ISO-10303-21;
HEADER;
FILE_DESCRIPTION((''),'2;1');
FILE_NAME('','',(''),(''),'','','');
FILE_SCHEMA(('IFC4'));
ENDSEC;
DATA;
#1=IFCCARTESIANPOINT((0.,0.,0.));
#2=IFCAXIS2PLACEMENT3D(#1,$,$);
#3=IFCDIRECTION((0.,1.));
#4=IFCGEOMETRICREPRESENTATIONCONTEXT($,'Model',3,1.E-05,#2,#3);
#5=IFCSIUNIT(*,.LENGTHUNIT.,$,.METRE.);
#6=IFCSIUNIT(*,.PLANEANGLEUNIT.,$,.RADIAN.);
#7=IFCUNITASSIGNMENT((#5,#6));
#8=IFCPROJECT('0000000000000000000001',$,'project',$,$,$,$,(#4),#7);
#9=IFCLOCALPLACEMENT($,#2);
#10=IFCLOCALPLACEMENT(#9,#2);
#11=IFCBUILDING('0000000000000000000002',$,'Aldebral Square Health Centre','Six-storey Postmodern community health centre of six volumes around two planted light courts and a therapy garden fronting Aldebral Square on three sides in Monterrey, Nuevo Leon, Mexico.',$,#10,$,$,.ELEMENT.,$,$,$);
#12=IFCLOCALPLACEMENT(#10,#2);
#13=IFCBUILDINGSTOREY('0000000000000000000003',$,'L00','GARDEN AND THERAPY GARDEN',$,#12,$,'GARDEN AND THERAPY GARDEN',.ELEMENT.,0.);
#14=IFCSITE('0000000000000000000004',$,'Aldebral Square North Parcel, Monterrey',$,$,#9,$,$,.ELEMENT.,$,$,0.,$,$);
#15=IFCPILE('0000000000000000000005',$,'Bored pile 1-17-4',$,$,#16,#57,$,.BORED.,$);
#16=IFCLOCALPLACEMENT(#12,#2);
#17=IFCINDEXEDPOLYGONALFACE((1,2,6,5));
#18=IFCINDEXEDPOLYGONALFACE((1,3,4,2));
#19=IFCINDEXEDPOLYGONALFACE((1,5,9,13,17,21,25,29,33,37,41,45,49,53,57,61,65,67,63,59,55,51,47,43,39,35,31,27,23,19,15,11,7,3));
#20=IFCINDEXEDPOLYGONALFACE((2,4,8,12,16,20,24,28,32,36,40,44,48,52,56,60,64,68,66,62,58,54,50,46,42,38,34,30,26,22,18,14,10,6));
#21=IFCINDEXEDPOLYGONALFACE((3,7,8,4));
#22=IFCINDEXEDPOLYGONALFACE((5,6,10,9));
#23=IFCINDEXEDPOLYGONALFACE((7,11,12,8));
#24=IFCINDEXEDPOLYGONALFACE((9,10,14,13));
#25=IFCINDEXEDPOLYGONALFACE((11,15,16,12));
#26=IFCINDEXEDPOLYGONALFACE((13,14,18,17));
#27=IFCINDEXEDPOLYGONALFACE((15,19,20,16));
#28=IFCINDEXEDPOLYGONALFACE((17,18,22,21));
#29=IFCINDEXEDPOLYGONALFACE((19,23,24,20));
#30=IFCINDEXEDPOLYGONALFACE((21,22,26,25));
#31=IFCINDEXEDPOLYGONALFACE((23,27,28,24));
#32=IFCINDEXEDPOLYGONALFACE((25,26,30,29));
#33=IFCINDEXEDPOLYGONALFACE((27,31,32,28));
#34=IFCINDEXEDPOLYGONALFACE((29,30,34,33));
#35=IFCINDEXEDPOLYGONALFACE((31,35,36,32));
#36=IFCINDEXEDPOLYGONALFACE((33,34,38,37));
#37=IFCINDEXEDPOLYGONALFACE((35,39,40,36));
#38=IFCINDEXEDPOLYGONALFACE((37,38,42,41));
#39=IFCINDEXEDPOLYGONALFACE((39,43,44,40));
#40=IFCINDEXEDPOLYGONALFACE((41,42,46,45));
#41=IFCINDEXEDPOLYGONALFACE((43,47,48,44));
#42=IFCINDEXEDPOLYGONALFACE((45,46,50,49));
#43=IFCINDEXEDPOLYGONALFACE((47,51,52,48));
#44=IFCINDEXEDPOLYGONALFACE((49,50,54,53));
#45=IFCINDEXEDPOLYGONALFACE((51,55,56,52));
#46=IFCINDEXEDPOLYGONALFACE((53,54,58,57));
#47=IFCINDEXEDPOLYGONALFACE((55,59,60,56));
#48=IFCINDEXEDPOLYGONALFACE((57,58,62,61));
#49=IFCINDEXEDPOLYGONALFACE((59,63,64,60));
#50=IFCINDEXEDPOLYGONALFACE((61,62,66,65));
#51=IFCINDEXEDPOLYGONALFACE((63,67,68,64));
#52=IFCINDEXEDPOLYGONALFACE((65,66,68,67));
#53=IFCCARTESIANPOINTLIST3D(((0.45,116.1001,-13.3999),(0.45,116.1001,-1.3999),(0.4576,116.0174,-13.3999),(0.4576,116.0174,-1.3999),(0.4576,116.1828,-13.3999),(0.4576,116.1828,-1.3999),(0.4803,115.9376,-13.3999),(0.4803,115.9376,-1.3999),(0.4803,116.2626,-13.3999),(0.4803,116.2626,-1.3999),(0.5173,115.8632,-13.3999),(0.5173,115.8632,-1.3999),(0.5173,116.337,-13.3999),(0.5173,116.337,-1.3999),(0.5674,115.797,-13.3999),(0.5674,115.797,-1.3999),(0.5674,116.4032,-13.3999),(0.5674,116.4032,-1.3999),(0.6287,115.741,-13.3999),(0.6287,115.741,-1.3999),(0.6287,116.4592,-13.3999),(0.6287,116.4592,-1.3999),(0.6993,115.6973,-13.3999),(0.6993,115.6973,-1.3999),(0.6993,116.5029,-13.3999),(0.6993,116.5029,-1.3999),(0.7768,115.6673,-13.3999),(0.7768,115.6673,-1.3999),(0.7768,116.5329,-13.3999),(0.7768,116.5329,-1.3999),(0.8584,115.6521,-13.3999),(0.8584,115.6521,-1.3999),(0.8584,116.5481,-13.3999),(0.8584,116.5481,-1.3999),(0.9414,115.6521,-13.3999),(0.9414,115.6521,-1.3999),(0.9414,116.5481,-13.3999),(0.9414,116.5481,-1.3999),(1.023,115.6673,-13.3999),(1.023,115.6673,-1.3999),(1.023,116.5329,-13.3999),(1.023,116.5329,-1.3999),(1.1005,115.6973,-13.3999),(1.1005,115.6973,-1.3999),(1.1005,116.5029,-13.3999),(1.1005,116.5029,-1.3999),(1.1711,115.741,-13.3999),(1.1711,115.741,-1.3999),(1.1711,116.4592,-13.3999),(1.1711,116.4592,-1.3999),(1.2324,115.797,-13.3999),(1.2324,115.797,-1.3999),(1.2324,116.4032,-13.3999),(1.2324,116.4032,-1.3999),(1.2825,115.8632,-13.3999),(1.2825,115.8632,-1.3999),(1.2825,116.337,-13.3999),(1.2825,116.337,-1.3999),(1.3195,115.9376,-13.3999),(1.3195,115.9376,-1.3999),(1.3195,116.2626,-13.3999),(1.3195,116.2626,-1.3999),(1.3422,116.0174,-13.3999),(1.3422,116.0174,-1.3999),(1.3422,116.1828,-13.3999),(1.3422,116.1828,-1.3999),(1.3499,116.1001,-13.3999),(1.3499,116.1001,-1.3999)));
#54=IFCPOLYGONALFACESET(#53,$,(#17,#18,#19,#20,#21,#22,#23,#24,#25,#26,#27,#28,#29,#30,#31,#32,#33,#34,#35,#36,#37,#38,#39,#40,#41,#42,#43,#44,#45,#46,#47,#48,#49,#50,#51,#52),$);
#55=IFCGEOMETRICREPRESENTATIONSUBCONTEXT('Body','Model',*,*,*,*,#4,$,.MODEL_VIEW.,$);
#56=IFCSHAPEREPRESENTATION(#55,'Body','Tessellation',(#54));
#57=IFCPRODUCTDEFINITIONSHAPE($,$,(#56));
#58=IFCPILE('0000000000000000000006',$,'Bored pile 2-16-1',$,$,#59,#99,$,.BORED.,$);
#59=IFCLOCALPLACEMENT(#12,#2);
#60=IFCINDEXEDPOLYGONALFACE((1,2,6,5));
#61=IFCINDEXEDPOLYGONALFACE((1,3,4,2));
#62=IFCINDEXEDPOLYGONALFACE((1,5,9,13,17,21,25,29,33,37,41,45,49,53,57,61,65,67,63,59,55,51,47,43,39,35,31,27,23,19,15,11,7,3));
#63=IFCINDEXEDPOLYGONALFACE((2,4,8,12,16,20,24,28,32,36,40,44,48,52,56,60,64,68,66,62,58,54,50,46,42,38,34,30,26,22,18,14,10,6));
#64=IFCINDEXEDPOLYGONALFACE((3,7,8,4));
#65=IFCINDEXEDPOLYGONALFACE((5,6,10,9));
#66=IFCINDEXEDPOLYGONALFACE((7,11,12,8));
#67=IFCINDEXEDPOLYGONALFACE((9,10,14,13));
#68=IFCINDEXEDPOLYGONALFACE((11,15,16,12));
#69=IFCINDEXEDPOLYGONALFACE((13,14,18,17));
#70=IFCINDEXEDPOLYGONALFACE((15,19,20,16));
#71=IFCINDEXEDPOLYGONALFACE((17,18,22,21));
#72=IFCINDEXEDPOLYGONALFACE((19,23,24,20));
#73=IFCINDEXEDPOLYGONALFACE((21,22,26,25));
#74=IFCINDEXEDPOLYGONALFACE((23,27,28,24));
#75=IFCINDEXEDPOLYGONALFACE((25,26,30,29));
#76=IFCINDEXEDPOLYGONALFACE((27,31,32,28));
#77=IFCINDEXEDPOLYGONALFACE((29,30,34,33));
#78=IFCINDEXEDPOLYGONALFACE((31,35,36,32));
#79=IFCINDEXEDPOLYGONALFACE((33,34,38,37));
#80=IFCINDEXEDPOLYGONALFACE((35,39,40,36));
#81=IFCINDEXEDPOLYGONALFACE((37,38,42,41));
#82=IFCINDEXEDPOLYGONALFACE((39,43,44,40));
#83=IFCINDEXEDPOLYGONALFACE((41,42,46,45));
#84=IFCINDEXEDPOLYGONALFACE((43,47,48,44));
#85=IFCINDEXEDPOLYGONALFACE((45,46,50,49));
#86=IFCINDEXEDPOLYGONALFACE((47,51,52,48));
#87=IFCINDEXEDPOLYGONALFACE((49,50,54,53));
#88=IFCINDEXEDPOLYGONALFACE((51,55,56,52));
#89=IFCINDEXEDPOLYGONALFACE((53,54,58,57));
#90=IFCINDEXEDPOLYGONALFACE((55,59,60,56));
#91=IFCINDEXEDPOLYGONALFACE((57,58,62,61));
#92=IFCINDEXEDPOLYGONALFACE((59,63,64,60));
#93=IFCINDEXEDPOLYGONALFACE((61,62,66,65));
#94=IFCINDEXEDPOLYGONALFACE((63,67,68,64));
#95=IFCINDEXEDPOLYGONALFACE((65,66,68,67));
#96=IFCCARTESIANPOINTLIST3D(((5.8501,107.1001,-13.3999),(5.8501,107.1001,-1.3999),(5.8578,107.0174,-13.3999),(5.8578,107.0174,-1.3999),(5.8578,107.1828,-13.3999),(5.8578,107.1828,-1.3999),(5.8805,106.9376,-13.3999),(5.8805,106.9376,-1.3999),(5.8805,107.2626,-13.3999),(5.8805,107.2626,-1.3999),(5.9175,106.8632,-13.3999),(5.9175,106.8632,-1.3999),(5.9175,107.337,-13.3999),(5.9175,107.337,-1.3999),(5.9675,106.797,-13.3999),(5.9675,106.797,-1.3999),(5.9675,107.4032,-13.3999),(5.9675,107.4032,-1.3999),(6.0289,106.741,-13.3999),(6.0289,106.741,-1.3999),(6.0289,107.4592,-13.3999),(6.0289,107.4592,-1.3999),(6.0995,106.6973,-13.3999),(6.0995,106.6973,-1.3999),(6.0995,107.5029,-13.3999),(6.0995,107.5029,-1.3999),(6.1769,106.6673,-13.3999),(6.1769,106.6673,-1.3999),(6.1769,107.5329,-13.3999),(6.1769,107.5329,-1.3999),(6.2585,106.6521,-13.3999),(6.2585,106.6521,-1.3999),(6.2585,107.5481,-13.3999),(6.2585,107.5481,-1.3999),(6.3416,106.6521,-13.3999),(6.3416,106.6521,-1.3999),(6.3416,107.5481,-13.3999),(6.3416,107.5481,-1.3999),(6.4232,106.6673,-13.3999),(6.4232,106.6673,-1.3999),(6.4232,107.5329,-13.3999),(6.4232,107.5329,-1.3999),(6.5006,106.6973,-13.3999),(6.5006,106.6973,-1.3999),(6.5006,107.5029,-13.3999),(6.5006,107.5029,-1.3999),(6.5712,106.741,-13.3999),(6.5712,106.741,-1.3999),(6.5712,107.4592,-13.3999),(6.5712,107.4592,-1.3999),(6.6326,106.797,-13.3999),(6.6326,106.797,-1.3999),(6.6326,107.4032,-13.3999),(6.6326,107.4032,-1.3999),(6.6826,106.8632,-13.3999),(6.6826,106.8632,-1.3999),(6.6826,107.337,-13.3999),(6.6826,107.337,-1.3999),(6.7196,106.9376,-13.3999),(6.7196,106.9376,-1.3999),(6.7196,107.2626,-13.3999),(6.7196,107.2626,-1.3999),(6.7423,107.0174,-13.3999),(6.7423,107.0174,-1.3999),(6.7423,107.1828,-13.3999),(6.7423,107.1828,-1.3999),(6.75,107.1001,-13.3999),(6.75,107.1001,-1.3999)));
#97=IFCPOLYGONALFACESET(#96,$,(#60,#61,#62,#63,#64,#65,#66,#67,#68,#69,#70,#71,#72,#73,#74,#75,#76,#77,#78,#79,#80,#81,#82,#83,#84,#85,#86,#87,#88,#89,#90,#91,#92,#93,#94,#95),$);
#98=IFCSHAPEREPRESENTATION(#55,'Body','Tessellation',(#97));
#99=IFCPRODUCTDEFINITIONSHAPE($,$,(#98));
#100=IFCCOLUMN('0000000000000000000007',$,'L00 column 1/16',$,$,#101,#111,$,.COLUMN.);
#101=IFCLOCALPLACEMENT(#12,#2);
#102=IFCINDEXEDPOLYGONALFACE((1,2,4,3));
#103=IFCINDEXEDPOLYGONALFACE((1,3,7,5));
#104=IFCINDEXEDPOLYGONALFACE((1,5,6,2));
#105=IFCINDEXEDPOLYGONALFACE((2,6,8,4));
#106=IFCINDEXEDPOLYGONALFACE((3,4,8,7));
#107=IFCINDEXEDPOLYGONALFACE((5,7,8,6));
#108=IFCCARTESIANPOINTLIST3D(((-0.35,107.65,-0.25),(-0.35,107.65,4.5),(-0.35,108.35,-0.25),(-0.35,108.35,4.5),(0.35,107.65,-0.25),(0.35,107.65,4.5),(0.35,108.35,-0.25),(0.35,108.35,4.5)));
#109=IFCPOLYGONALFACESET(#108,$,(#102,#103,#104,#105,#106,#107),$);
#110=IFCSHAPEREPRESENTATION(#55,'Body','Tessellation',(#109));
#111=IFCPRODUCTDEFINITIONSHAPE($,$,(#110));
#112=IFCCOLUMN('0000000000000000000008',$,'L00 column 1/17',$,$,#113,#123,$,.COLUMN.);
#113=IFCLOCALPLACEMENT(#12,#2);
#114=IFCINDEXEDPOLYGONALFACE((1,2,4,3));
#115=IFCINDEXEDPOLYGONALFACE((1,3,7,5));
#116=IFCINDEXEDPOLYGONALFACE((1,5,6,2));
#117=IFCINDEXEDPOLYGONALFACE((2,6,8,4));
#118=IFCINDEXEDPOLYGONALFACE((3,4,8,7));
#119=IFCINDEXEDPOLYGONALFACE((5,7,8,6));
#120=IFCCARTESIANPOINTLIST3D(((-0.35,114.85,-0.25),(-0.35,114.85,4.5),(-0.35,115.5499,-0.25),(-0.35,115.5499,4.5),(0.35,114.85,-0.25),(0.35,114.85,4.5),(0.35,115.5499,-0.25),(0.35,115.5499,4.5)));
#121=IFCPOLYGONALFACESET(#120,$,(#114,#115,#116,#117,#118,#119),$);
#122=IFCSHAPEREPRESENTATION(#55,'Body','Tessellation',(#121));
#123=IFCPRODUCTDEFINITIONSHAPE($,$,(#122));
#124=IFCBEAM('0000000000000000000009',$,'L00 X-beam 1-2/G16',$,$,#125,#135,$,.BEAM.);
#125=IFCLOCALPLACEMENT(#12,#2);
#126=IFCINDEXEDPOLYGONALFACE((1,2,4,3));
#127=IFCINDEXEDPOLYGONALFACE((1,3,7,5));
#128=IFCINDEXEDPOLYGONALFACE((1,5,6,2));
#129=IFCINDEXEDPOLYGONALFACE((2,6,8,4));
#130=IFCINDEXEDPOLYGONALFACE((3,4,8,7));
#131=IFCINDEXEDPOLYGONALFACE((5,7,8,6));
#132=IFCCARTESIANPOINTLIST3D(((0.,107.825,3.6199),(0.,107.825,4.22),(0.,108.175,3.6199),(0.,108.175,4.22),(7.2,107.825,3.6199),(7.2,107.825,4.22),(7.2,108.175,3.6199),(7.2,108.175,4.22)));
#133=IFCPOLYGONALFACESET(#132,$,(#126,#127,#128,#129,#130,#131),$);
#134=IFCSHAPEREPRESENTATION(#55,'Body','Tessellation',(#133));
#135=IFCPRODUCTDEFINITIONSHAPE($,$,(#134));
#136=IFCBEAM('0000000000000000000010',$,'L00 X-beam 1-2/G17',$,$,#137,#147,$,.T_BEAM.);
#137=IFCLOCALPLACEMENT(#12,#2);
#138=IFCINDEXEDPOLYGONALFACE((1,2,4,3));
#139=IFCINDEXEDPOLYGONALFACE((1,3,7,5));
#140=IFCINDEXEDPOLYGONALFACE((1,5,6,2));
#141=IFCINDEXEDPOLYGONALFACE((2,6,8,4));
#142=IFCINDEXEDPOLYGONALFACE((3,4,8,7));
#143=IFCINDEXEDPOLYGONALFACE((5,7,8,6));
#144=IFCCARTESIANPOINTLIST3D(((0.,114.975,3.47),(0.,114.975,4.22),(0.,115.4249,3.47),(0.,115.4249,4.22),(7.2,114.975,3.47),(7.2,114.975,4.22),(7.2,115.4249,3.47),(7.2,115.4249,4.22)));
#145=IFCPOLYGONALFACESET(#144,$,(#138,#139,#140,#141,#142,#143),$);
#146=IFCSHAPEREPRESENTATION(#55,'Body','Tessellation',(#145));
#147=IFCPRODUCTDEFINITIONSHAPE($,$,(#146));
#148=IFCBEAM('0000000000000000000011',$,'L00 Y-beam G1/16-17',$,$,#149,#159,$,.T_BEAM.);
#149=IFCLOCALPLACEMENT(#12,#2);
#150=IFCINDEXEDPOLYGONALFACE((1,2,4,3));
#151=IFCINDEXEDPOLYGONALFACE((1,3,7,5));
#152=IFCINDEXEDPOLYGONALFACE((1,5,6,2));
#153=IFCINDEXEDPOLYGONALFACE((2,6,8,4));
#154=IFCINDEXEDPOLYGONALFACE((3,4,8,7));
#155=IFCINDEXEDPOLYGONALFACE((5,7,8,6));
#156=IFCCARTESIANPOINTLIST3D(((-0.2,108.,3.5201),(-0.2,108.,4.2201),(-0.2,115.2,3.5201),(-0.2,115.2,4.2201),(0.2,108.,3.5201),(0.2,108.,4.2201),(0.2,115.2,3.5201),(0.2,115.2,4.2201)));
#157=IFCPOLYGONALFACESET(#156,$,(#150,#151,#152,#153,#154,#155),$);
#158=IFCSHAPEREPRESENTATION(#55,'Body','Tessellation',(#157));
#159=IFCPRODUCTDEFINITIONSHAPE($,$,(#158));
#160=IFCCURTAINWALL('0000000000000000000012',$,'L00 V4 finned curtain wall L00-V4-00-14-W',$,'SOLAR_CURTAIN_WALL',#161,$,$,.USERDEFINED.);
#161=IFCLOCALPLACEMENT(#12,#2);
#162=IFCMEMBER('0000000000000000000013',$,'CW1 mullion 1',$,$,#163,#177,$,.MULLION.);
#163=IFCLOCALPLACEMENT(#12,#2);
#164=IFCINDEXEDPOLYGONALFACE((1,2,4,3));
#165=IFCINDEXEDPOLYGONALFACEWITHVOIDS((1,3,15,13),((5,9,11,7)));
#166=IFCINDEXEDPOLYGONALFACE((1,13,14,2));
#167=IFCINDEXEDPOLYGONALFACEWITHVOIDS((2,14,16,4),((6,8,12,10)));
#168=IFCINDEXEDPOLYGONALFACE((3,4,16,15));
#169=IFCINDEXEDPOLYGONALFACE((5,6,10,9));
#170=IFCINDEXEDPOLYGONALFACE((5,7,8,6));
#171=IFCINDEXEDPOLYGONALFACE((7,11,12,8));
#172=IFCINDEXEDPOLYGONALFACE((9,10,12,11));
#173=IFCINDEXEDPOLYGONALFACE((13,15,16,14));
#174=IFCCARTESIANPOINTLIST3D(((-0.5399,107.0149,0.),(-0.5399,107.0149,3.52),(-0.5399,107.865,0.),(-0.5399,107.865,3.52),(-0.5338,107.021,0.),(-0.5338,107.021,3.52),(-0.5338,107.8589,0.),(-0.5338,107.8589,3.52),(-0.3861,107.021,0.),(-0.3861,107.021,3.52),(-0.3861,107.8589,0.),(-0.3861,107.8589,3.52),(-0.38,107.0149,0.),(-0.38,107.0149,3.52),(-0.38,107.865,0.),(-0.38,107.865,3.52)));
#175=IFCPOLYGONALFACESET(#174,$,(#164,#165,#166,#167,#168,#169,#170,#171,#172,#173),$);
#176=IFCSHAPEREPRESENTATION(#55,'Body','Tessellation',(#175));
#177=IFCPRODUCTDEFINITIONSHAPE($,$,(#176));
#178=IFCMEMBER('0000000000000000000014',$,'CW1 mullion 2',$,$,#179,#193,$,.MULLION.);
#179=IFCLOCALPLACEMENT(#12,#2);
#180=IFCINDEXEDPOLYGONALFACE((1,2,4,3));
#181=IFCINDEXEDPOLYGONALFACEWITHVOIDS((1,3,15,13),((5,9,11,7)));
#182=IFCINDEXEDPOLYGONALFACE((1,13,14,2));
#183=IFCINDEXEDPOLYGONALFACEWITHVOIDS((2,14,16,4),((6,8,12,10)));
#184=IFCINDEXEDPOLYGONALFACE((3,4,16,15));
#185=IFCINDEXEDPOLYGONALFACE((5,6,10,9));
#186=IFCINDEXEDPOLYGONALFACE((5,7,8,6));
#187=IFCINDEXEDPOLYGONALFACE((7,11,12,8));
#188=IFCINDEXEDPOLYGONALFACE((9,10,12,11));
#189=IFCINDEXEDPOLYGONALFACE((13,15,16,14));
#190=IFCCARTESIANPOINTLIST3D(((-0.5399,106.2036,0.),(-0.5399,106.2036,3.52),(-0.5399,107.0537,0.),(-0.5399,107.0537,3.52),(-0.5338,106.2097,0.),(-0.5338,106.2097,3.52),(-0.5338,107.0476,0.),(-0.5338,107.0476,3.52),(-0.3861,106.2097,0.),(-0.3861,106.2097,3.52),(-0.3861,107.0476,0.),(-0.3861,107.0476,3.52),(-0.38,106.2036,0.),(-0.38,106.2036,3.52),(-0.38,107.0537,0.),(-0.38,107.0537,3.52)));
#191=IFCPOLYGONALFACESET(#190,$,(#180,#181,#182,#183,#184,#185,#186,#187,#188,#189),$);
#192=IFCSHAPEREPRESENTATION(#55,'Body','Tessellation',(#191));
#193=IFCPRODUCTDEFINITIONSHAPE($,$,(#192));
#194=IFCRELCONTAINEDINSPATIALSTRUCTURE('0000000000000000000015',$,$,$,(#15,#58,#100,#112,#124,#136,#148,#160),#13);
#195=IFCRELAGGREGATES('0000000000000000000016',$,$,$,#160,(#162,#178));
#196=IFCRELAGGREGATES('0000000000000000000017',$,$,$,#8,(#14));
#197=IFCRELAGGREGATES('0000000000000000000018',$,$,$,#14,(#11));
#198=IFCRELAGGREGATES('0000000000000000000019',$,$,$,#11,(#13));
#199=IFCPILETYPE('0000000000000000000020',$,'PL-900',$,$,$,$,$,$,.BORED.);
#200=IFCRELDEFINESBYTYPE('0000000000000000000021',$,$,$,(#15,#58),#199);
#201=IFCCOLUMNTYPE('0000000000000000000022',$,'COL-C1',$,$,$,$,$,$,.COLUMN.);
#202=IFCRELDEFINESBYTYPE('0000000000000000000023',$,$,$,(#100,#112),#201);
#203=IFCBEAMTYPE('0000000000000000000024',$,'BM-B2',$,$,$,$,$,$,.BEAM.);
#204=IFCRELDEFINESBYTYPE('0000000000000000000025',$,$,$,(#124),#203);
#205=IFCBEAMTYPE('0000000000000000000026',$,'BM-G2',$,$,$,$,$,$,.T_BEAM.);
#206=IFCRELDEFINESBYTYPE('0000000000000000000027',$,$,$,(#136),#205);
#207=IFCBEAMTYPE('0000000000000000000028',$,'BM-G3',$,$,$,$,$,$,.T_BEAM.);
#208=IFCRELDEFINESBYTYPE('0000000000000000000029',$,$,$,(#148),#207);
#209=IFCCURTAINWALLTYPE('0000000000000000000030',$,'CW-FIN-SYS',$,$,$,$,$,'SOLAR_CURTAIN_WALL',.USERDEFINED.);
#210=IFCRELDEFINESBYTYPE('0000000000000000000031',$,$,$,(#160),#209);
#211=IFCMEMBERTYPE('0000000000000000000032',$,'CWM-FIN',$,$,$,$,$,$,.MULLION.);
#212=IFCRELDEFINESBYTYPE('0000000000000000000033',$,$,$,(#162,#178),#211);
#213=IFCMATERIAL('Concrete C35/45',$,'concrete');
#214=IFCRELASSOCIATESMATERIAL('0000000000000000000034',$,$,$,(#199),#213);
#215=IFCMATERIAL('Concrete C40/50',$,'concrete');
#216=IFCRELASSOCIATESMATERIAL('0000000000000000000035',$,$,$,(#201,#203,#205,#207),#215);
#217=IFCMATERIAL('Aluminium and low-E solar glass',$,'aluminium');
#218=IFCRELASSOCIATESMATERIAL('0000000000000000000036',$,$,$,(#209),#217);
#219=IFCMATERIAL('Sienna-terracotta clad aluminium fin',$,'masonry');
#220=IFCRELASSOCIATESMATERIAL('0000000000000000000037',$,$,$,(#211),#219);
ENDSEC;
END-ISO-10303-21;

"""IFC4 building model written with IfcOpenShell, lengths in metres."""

from ifc_helpers import new_model, si_unit, direction, frame, origin, origin_2d, place, context, subcontext, project, spatial, rectangle, hollow_rectangle, circle, extrude, material, material_profile, profile_set, type_object, element, aggregate, save


model = new_model("IFC4")

# Units and contexts
model_context = context("Model", 3, precision=1e-05, world=origin(), true_north=direction((0.0, 1.0)))
body_context = subcontext(model_context, "Body", "Model", "MODEL_VIEW")
ifc_project = project(units=[si_unit("LENGTHUNIT", "METRE"), si_unit("PLANEANGLEUNIT", "RADIAN")], contexts=[model_context])

# Site, building, storey
site_placement = place(None, origin())
site = spatial("IfcSite", under=ifc_project, at=site_placement, Name="Aldebral Square North Parcel, Monterrey", CompositionType="ELEMENT", RefElevation=0.0)
building_placement = place(site_placement, origin())
building = spatial("IfcBuilding", under=site, at=building_placement, Name="Aldebral Square Health Centre", Description="Six-storey Postmodern community health centre of six volumes around two planted light courts and a therapy garden fronting Aldebral Square on three sides in Monterrey, Nuevo Leon, Mexico.", CompositionType="ELEMENT")
storey_placement = place(building_placement, origin())
storey = spatial("IfcBuildingStorey", under=building, at=storey_placement, Name="L00", Description="GARDEN AND THERAPY GARDEN", LongName="GARDEN AND THERAPY GARDEN", CompositionType="ELEMENT", Elevation=0.0)

# Shared definitions
ifc_material_1 = material(Name="Concrete C35/45", Category="concrete")

# Piles
ifc_material_profile_1 = material_profile(ifc_material_1, circle(Radius=0.45, at=origin_2d()), Name="PILE D900")
ifc_profile_set_1 = profile_set([ifc_material_profile_1], Name="Concrete C35/45")
pile_type = type_object("IfcPileType", Name="PL-900", PredefinedType="BORED", material=ifc_profile_set_1)
for number, where, z_axis, x_axis, name in (
    (1, (0.8999, 116.1001, -1.3999), (0.0, 0.0, -1.0), (1.0, 0.0, 0.0), "Bored pile 1-17-4"),
    (2, (6.3, 107.1001, -1.3999), (0.0, 0.0, -1.0), (1.0, 0.0, 0.0), "Bored pile 2-16-1"),
):
    element("IfcPile", number, at=place(storey_placement, frame(where, z_axis=z_axis, x_axis=x_axis)), inside=storey, type_object=pile_type, Name=name, PredefinedType="BORED", context=body_context, shape_type="SweptSolid", body=[
        extrude(circle(Radius=0.45, at=origin_2d()), origin(), (0.0, 0.0, 1.0), 12.0),
    ])

# Columns
ifc_material_2 = material(Name="Concrete C40/50", Category="concrete")
ifc_material_profile_2 = material_profile(ifc_material_2, rectangle(XDim=0.7, YDim=0.7, at=origin_2d()), Name="RC 700x700")
ifc_profile_set_2 = profile_set([ifc_material_profile_2], Name="Concrete C40/50")
column_type = type_object("IfcColumnType", Name="COL-C1", PredefinedType="COLUMN", material=ifc_profile_set_2)
for number, where, z_axis, x_axis, name in (
    (3, (0.0, 108.0, -0.25), (0.0, 0.0, 1.0), (1.0, 0.0, 0.0), "L00 column 1/16"),
    (4, (0.0, 115.2, -0.25), (0.0, 0.0, 1.0), (1.0, 0.0, 0.0), "L00 column 1/17"),
):
    element("IfcColumn", number, at=place(storey_placement, frame(where, z_axis=z_axis, x_axis=x_axis)), inside=storey, type_object=column_type, Name=name, PredefinedType="COLUMN", context=body_context, shape_type="SweptSolid", body=[
        extrude(rectangle(XDim=0.7, YDim=0.7, at=origin_2d()), origin(), (0.0, 0.0, 1.0), 4.75),
    ])

# Beams
ifc_material_profile_3 = material_profile(ifc_material_2, rectangle(XDim=0.3501, YDim=0.6001, at=origin_2d()), Name="RC 350x600")
ifc_profile_set_3 = profile_set([ifc_material_profile_3], Name="Concrete C40/50")
beam_type_1 = type_object("IfcBeamType", Name="BM-B2", PredefinedType="BEAM", material=ifc_profile_set_3)
beam_1_placement = place(storey_placement, frame((0.0, 108.0, 3.9199), z_axis=(1.0, 0.0, 0.0), x_axis=(0.0, 1.0, 0.0)))
element("IfcBeam", 5, at=beam_1_placement, inside=storey, type_object=beam_type_1, Name="L00 X-beam 1-2/G16", PredefinedType="BEAM", context=body_context, shape_type="SweptSolid", body=[
    extrude(rectangle(XDim=0.3501, YDim=0.6001, at=origin_2d()), origin(), (0.0, 0.0, 1.0), 7.2),
])
ifc_material_profile_4 = material_profile(ifc_material_2, rectangle(XDim=0.45, YDim=0.75, at=origin_2d()), Name="RC 450x750")
ifc_profile_set_4 = profile_set([ifc_material_profile_4], Name="Concrete C40/50")
beam_type_2 = type_object("IfcBeamType", Name="BM-G2", PredefinedType="T_BEAM", material=ifc_profile_set_4)
beam_2_placement = place(storey_placement, frame((0.0, 115.2, 3.845), z_axis=(1.0, 0.0, 0.0), x_axis=(0.0, 1.0, 0.0)))
element("IfcBeam", 6, at=beam_2_placement, inside=storey, type_object=beam_type_2, Name="L00 X-beam 1-2/G17", PredefinedType="T_BEAM", context=body_context, shape_type="SweptSolid", body=[
    extrude(rectangle(XDim=0.45, YDim=0.75, at=origin_2d()), origin(), (0.0, 0.0, 1.0), 7.2),
])
ifc_material_profile_5 = material_profile(ifc_material_2, rectangle(XDim=0.3999, YDim=0.7, at=origin_2d()), Name="RC 400x700")
ifc_profile_set_5 = profile_set([ifc_material_profile_5], Name="Concrete C40/50")
beam_type_3 = type_object("IfcBeamType", Name="BM-G3", PredefinedType="T_BEAM", material=ifc_profile_set_5)
beam_3_placement = place(storey_placement, frame((0.0, 108.0, 3.8701), z_axis=(0.0, 1.0, 0.0), x_axis=(-1.0, 0.0, 0.0)))
element("IfcBeam", 7, at=beam_3_placement, inside=storey, type_object=beam_type_3, Name="L00 Y-beam G1/16-17", PredefinedType="T_BEAM", context=body_context, shape_type="SweptSolid", body=[
    extrude(rectangle(XDim=0.3999, YDim=0.7, at=origin_2d()), origin(), (0.0, 0.0, 1.0), 7.2),
])

# Curtain wall, members
ifc_material_3 = material(Name="Aluminium and low-E solar glass", Category="aluminium")
curtain_wall_type = type_object("IfcCurtainWallType", Name="CW-FIN-SYS", ElementType="SOLAR_CURTAIN_WALL", PredefinedType="USERDEFINED", material=ifc_material_3)
curtain_wall_placement = place(storey_placement, origin())
curtain_wall = element("IfcCurtainWall", 8, at=curtain_wall_placement, inside=storey, type_object=curtain_wall_type, Name="L00 V4 finned curtain wall L00-V4-00-14-W", ObjectType="SOLAR_CURTAIN_WALL", PredefinedType="USERDEFINED")
ifc_material_4 = material(Name="Sienna-terracotta clad aluminium fin", Category="masonry")
ifc_material_profile_6 = material_profile(ifc_material_4, hollow_rectangle(XDim=0.1599, YDim=0.8501, WallThickness=0.0061, at=origin_2d()), Name="FIN 160x850x6")
ifc_profile_set_6 = profile_set([ifc_material_profile_6], Name="Sienna-terracotta clad aluminium fin")
member_type_1 = type_object("IfcMemberType", Name="CWM-FIN", PredefinedType="MULLION", material=ifc_profile_set_6)
member_1_placement = place(storey_placement, frame((-0.46, 107.4399, 0.0), z_axis=(0.0, 0.0, 1.0), x_axis=(1.0, 0.0, 0.0)))
member_1 = element("IfcMember", 9, at=member_1_placement, type_object=member_type_1, Name="CW1 mullion 1", PredefinedType="MULLION", context=body_context, shape_type="SweptSolid", body=[
    extrude(hollow_rectangle(XDim=0.1599, YDim=0.8501, WallThickness=0.0061, at=origin_2d()), origin(), (0.0, 0.0, 1.0), 3.52),
])
member_2_placement = place(storey_placement, frame((-0.46, 106.6287, 0.0), z_axis=(0.0, 0.0, 1.0), x_axis=(1.0, 0.0, 0.0)))
member_2 = element("IfcMember", 10, at=member_2_placement, type_object=member_type_1, Name="CW1 mullion 2", PredefinedType="MULLION", context=body_context, shape_type="SweptSolid", body=[
    extrude(hollow_rectangle(XDim=0.1599, YDim=0.8501, WallThickness=0.0061, at=origin_2d()), origin(), (0.0, 0.0, 1.0), 3.52),
])
aggregate(curtain_wall, [member_1, member_2])

save(model, "model.ifc")
